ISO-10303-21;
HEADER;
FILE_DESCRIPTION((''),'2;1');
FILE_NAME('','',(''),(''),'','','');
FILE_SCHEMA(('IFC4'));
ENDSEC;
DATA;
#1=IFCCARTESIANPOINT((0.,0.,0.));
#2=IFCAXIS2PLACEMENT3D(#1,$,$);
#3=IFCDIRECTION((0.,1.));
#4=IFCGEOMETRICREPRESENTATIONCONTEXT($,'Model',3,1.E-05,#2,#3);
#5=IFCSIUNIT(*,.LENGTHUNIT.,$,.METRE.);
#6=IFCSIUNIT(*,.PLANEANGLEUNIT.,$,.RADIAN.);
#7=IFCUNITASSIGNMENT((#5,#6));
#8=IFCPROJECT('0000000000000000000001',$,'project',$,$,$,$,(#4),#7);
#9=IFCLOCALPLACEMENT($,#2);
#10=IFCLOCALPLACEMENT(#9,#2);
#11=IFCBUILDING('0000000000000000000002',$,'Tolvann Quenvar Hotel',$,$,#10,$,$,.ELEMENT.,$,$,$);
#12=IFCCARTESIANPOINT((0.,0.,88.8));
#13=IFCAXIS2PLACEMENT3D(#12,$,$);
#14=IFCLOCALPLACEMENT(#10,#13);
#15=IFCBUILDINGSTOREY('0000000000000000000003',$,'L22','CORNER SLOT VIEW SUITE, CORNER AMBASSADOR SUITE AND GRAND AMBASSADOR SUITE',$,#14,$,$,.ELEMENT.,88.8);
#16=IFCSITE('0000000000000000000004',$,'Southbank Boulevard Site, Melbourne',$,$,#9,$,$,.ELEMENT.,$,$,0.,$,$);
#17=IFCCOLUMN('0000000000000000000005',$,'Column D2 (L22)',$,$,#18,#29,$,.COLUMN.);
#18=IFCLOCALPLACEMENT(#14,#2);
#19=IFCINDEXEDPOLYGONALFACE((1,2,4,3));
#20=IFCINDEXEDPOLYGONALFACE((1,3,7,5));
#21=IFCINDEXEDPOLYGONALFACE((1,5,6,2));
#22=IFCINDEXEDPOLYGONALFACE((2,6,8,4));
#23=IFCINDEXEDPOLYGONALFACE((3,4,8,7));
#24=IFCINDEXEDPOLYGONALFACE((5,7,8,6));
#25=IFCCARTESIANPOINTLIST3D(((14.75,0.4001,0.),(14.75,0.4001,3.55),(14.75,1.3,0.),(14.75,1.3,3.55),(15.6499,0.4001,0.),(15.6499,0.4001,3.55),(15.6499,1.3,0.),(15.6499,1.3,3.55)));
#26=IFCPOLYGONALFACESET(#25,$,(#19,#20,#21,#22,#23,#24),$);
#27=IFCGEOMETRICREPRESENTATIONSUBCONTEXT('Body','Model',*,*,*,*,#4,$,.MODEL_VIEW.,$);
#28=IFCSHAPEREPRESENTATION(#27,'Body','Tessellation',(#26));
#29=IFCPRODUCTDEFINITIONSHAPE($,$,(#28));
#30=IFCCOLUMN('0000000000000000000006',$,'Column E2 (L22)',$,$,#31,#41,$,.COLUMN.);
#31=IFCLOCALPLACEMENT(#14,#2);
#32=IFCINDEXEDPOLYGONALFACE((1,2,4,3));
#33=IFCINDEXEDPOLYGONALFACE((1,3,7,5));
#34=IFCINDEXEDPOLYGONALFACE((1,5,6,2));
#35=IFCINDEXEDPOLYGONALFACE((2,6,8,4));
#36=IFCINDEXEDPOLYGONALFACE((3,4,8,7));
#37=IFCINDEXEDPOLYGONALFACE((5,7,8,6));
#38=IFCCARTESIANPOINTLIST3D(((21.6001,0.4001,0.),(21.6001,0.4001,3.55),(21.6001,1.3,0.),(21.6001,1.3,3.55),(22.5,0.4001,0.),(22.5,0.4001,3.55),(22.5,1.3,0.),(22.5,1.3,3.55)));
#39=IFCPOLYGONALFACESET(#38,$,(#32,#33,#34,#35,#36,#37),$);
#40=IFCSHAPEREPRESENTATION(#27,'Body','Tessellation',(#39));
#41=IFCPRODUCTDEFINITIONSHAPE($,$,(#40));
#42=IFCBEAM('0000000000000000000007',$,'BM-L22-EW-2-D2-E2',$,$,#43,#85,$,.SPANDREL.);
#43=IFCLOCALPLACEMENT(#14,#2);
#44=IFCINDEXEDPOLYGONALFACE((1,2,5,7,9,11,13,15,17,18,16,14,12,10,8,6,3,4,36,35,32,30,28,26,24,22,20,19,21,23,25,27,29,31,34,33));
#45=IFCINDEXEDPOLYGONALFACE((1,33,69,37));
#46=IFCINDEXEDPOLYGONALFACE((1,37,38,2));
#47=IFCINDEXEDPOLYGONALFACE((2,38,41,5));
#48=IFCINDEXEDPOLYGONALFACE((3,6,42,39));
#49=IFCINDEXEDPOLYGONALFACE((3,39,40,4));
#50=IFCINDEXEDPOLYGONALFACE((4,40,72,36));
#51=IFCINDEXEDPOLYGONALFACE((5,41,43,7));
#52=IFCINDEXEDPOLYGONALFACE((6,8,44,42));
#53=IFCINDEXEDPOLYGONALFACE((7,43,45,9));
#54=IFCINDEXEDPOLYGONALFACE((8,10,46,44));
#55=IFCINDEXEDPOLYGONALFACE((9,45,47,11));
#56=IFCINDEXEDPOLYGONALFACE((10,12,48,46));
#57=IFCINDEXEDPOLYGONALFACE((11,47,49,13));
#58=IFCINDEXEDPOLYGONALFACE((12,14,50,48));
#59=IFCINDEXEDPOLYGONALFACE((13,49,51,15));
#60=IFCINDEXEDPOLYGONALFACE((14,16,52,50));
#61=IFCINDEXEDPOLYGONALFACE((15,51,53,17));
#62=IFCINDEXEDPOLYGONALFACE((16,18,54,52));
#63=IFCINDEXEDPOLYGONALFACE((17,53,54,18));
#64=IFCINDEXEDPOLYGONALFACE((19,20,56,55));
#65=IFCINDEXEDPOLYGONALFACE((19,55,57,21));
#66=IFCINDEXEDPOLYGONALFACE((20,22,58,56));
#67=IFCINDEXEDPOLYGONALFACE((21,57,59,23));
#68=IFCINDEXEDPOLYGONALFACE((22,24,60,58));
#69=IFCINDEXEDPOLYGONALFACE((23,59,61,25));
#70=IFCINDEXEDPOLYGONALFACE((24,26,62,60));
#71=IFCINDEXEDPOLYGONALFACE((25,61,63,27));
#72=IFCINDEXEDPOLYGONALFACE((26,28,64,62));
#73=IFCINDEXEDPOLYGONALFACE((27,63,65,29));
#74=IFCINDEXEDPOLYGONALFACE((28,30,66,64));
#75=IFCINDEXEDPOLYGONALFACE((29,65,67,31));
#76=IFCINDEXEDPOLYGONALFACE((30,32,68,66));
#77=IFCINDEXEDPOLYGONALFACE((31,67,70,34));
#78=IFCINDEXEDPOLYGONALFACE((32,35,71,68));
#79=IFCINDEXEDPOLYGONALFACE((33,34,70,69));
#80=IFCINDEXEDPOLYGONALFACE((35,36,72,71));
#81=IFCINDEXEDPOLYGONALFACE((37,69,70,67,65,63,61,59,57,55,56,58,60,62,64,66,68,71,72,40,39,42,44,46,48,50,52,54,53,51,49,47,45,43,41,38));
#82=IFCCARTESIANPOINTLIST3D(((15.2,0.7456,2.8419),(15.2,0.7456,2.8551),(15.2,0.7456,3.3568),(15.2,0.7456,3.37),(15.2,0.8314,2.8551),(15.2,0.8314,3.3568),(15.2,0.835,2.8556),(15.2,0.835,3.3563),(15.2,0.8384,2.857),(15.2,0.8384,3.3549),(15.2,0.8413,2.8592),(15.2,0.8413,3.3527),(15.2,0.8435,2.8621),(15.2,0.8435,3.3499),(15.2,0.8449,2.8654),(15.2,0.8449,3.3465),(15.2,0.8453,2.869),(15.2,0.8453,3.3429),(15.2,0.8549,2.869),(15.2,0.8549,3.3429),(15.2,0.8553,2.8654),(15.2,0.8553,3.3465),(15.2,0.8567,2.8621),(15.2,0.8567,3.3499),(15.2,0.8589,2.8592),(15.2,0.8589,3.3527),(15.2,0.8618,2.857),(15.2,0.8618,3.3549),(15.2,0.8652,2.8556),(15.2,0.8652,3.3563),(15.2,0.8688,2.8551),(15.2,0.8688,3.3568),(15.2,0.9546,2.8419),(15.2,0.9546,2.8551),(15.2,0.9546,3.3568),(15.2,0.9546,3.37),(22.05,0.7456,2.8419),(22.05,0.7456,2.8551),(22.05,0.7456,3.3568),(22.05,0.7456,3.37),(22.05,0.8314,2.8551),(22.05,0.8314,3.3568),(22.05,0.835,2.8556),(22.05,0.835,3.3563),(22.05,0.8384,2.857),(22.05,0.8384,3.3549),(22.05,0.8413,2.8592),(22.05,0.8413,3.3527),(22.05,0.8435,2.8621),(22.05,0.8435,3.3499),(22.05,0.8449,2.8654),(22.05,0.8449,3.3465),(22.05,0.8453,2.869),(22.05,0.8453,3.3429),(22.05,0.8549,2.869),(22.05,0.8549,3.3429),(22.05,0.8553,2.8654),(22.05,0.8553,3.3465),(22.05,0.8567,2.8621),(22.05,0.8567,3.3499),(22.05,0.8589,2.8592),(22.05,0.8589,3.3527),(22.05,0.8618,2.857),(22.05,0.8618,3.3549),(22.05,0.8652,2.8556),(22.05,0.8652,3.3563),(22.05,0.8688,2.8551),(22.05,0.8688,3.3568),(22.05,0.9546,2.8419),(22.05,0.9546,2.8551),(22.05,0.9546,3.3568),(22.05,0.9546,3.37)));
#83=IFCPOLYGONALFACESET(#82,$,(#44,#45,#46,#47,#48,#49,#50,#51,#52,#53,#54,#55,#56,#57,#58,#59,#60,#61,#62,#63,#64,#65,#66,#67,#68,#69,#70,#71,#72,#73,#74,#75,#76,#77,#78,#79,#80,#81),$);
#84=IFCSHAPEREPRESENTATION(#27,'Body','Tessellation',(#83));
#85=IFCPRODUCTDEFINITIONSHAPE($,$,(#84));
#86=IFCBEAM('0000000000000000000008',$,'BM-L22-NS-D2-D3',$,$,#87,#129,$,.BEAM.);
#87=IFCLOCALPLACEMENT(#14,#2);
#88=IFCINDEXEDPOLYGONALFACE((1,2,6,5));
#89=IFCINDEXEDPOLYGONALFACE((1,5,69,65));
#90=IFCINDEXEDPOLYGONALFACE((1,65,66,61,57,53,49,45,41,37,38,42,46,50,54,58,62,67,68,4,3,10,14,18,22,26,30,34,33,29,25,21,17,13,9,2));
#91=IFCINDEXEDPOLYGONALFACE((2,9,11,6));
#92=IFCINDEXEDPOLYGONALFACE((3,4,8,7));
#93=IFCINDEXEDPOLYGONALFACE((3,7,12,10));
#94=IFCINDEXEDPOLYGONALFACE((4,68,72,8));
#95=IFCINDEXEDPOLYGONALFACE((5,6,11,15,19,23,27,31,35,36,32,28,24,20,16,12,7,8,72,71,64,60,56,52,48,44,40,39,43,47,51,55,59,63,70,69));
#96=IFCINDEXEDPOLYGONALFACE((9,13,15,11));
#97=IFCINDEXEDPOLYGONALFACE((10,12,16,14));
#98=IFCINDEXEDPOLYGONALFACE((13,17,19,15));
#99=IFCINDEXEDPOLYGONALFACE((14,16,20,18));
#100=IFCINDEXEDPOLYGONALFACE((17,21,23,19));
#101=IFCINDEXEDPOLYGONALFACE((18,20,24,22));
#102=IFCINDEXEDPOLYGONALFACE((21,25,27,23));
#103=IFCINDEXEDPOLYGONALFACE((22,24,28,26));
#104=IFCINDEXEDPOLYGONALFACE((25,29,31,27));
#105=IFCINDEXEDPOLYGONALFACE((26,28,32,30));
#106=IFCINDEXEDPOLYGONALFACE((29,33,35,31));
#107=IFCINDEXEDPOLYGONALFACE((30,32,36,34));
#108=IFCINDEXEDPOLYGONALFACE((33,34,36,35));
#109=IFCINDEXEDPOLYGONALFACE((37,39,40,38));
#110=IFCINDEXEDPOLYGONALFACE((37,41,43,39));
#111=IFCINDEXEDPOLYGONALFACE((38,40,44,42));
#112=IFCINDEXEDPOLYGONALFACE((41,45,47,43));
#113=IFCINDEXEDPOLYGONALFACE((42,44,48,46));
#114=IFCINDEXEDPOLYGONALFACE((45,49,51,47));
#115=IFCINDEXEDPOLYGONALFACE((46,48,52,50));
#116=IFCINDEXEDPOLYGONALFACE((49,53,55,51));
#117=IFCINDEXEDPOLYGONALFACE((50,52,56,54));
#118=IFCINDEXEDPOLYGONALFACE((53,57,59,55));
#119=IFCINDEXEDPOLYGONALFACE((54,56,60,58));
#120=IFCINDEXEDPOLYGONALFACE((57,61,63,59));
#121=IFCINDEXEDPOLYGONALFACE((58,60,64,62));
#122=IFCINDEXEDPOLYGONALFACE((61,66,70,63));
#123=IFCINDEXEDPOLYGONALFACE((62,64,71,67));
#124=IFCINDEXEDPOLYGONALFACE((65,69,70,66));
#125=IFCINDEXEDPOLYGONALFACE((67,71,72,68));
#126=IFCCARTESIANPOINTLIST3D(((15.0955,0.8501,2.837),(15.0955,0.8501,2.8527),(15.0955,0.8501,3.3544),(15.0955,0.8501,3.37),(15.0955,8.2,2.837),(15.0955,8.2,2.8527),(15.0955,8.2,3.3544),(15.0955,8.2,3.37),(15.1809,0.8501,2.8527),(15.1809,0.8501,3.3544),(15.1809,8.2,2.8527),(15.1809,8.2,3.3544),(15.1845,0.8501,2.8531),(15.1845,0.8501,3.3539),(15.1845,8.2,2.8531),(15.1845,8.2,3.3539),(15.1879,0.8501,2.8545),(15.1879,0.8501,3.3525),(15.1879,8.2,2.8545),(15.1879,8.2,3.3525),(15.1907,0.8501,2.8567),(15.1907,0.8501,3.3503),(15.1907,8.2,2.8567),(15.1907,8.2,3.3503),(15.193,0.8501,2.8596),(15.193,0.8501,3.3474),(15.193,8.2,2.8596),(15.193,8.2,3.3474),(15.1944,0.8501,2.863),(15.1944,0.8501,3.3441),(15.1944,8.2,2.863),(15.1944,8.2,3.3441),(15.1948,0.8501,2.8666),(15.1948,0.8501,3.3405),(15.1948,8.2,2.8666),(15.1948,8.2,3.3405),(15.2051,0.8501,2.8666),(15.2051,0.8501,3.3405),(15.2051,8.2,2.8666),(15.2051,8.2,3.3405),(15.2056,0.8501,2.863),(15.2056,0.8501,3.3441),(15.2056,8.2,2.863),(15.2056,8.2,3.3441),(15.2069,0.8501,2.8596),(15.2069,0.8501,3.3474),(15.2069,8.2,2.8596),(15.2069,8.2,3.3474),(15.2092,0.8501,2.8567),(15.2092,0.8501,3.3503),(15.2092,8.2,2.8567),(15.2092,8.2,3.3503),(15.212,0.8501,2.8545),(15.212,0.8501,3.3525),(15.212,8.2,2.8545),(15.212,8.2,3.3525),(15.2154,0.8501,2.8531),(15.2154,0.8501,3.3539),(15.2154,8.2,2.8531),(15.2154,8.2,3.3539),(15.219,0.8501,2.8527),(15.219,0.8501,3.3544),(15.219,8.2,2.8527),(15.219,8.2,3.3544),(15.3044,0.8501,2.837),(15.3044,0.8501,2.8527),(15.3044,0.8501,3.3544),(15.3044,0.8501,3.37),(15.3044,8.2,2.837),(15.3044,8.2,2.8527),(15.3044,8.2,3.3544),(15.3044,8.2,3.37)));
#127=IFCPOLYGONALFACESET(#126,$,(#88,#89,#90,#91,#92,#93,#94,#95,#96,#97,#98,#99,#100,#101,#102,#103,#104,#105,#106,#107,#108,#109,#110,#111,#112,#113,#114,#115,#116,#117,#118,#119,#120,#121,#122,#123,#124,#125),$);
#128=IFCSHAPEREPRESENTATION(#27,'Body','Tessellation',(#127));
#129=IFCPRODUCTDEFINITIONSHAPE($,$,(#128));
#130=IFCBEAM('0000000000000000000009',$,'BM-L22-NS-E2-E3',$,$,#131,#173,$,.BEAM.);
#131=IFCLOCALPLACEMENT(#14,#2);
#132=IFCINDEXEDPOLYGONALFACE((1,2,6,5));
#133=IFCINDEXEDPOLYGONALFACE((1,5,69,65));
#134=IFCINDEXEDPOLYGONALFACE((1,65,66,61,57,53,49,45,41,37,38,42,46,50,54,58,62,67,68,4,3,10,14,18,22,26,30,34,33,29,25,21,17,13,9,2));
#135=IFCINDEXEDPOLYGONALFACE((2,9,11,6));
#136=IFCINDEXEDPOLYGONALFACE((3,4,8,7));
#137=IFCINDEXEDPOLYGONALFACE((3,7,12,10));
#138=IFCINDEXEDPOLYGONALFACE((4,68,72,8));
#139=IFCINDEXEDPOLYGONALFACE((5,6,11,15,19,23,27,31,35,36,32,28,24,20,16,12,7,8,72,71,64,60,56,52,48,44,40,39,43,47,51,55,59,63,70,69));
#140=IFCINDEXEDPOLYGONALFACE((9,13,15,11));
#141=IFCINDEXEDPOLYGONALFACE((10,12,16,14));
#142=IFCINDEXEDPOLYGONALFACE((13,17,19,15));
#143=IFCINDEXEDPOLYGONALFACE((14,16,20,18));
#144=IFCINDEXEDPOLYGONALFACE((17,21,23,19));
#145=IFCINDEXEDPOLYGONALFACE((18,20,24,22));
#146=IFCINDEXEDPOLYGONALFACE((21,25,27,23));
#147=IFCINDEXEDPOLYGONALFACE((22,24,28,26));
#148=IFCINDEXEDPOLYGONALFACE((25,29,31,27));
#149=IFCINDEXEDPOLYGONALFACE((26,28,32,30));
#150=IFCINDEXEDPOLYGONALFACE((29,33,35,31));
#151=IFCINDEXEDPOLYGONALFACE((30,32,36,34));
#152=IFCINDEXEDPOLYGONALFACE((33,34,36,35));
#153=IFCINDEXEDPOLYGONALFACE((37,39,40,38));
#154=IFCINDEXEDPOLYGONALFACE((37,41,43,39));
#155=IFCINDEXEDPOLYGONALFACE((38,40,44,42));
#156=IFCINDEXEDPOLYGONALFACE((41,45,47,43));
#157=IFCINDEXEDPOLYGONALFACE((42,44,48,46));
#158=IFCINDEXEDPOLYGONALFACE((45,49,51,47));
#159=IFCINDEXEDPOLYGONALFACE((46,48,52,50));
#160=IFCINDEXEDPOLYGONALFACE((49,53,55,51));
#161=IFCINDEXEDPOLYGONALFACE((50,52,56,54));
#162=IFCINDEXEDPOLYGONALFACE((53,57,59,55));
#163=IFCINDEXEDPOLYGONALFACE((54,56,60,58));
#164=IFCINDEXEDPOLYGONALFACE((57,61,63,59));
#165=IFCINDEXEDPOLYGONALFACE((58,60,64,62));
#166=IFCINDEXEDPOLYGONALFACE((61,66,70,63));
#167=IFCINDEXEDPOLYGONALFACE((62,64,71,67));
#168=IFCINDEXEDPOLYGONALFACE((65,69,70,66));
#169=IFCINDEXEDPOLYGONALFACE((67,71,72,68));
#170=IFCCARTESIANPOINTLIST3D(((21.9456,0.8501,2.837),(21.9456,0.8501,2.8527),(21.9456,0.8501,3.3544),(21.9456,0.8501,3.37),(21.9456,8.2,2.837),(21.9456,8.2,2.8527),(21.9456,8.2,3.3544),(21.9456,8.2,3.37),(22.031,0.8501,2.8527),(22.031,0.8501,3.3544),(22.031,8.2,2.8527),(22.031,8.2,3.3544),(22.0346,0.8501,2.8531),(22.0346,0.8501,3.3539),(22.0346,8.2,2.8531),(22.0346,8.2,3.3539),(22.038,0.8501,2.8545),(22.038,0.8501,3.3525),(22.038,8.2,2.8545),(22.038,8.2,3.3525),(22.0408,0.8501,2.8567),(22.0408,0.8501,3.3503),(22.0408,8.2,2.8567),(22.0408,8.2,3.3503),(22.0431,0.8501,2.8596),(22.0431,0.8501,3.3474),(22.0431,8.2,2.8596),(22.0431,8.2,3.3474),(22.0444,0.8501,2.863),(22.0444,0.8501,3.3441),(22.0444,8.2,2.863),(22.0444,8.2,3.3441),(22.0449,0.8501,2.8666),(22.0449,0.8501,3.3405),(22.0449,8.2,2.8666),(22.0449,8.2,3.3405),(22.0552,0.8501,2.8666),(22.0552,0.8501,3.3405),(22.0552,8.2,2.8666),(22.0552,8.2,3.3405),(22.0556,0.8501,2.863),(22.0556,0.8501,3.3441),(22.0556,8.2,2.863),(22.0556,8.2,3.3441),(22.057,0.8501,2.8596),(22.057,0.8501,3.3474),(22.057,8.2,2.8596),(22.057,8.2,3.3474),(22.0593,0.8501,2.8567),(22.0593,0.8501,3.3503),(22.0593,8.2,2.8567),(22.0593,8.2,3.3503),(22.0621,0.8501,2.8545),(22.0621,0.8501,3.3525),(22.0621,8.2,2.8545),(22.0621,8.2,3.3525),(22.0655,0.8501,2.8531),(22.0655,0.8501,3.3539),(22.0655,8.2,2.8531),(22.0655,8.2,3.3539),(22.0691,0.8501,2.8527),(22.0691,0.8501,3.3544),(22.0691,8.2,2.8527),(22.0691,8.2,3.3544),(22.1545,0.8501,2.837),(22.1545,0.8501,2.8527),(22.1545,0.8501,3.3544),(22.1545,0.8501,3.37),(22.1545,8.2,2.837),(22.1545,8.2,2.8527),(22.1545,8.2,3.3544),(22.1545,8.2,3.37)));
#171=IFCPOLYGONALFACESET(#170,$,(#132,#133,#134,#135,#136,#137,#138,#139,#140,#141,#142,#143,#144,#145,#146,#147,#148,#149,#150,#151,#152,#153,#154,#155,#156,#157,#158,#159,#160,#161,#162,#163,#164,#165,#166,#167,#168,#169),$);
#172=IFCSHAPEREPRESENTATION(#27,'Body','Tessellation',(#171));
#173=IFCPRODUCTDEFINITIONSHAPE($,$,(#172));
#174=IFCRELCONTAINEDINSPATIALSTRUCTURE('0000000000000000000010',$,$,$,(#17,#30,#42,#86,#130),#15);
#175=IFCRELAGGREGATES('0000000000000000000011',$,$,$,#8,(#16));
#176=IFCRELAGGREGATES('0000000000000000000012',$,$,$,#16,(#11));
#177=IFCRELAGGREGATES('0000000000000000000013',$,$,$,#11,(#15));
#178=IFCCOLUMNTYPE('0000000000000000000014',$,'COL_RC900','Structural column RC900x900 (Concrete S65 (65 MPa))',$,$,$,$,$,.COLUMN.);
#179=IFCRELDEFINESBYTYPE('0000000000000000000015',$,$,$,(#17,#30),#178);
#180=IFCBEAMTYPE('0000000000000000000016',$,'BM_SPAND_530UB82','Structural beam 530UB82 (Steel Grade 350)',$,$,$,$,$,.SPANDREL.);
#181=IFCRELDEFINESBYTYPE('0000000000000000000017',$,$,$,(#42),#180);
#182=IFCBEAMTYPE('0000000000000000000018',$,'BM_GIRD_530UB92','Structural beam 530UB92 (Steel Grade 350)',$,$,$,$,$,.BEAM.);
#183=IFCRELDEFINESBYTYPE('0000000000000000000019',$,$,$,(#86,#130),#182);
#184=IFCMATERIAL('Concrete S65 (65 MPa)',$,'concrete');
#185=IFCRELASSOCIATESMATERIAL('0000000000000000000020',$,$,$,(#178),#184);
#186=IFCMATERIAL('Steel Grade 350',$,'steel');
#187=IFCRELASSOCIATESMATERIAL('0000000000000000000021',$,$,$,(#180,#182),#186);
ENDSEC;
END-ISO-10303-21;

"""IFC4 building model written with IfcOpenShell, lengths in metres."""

from ifc_helpers import new_model, si_unit, direction, frame, origin, origin_2d, place, context, subcontext, project, spatial, rectangle, i_section, extrude, source, transform, mapped, material, material_profile, profile_set, type_object, type_shapes, element, save


model = new_model("IFC4")

# Units and contexts
model_context = context("Model", 3, precision=1e-05, world=origin(), true_north=direction((0.0, 1.0)))
body_context = subcontext(model_context, "Body", "Model", "MODEL_VIEW")
ifc_project = project(units=[si_unit("LENGTHUNIT", "METRE"), si_unit("PLANEANGLEUNIT", "RADIAN")], contexts=[model_context])

# Site, building, storey
site_placement = place(None, origin())
site = spatial("IfcSite", under=ifc_project, at=site_placement, Name="Southbank Boulevard Site, Melbourne", CompositionType="ELEMENT", RefElevation=0.0)
building_placement = place(site_placement, origin())
building = spatial("IfcBuilding", under=site, at=building_placement, Name="Tolvann Quenvar Hotel", CompositionType="ELEMENT")
storey_placement = place(building_placement, frame((0.0, 0.0, 88.8)))
storey = spatial("IfcBuildingStorey", under=building, at=storey_placement, Name="L22", Description="CORNER SLOT VIEW SUITE, CORNER AMBASSADOR SUITE AND GRAND AMBASSADOR SUITE", CompositionType="ELEMENT", Elevation=88.8)

# Columns
ifc_material_1 = material(Name="Concrete S65 (65 MPa)", Category="concrete")
ifc_material_profile_1 = material_profile(ifc_material_1, rectangle(XDim=0.8999, YDim=0.8999, at=origin_2d()), Name="RC900x900")
ifc_profile_set_1 = profile_set([ifc_material_profile_1], Name="Concrete S65 (65 MPa)")
column_type = type_object("IfcColumnType", Name="COL_RC900", Description="Structural column RC900x900 (Concrete S65 (65 MPa))", PredefinedType="COLUMN", material=ifc_profile_set_1)
shared_shape_1 = source(origin(), body_context, "Body", "SweptSolid", [
    extrude(rectangle(XDim=0.8999, YDim=0.8999, at=origin_2d()), origin(), (0.0, 0.0, 1.0), 3.55),
])
type_shapes(column_type, [shared_shape_1])
for number, where, z_axis, x_axis, name in (
    (1, (15.2, 0.8501, 0.0), (0.0, 0.0, 1.0), (1.0, 0.0, 0.0), "Column D2 (L22)"),
    (2, (22.05, 0.8501, 0.0), (0.0, 0.0, 1.0), (1.0, 0.0, 0.0), "Column E2 (L22)"),
):
    element("IfcColumn", number, at=place(storey_placement, frame(where, z_axis=z_axis, x_axis=x_axis)), inside=storey, type_object=column_type, Name=name, PredefinedType="COLUMN", context=body_context, shape_type="MappedRepresentation", body=[
        mapped(shared_shape_1, transform((0.0, 0.0, 0.0), x_axis=(1.0, 0.0, 0.0), y_axis=(0.0, 1.0, 0.0), z_axis=(0.0, 0.0, 1.0), scale=1.0)),
    ])

# Beams
ifc_material_2 = material(Name="Steel Grade 350", Category="steel")
ifc_material_profile_2 = material_profile(ifc_material_2, i_section(OverallWidth=0.209, OverallDepth=0.5281, WebThickness=0.0095, FlangeThickness=0.0132, FilletRadius=0.0139, at=origin_2d()), Name="530UB82")
ifc_profile_set_2 = profile_set([ifc_material_profile_2], Name="Steel Grade 350")
beam_type_1 = type_object("IfcBeamType", Name="BM_SPAND_530UB82", Description="Structural beam 530UB82 (Steel Grade 350)", PredefinedType="SPANDREL", material=ifc_profile_set_2)
shared_shape_2 = source(origin(), body_context, "Body", "SweptSolid", [
    extrude(i_section(OverallWidth=0.209, OverallDepth=0.5281, WebThickness=0.0095, FlangeThickness=0.0132, FilletRadius=0.0139, at=origin_2d()), origin(), (0.0, 0.0, 1.0), 6.8501),
])
type_shapes(beam_type_1, [shared_shape_2])
beam_placement = place(storey_placement, frame((15.2, 0.8501, 3.106), z_axis=(1.0, 0.0, 0.0), x_axis=(0.0, 1.0, 0.0)))
element("IfcBeam", 3, at=beam_placement, inside=storey, type_object=beam_type_1, Name="BM-L22-EW-2-D2-E2", PredefinedType="SPANDREL", context=body_context, shape_type="MappedRepresentation", body=[
    mapped(shared_shape_2, transform((0.0, 0.0, 0.0), x_axis=(1.0, 0.0, 0.0), y_axis=(0.0, 1.0, 0.0), z_axis=(0.0, 0.0, 1.0), scale=1.0)),
])
ifc_material_profile_3 = material_profile(ifc_material_2, i_section(OverallWidth=0.209, OverallDepth=0.533, WebThickness=0.0103, FlangeThickness=0.0156, FilletRadius=0.0139, at=origin_2d()), Name="530UB92")
ifc_profile_set_3 = profile_set([ifc_material_profile_3], Name="Steel Grade 350")
beam_type_2 = type_object("IfcBeamType", Name="BM_GIRD_530UB92", Description="Structural beam 530UB92 (Steel Grade 350)", PredefinedType="BEAM", material=ifc_profile_set_3)
shared_shape_3 = source(origin(), body_context, "Body", "SweptSolid", [
    extrude(i_section(OverallWidth=0.209, OverallDepth=0.533, WebThickness=0.0103, FlangeThickness=0.0156, FilletRadius=0.0139, at=origin_2d()), origin(), (0.0, 0.0, 1.0), 7.3499),
])
type_shapes(beam_type_2, [shared_shape_3])
for number, where, z_axis, x_axis, name in (
    (4, (15.2, 0.8501, 3.1035), (0.0, 1.0, 0.0), (-1.0, 0.0, 0.0), "BM-L22-NS-D2-D3"),
    (5, (22.05, 0.8501, 3.1035), (0.0, 1.0, 0.0), (-1.0, 0.0, 0.0), "BM-L22-NS-E2-E3"),
):
    element("IfcBeam", number, at=place(storey_placement, frame(where, z_axis=z_axis, x_axis=x_axis)), inside=storey, type_object=beam_type_2, Name=name, PredefinedType="BEAM", context=body_context, shape_type="MappedRepresentation", body=[
        mapped(shared_shape_3, transform((0.0, 0.0, 0.0), x_axis=(1.0, 0.0, 0.0), y_axis=(0.0, 1.0, 0.0), z_axis=(0.0, 0.0, 1.0), scale=1.0)),
    ])

save(model, "model.ifc")
